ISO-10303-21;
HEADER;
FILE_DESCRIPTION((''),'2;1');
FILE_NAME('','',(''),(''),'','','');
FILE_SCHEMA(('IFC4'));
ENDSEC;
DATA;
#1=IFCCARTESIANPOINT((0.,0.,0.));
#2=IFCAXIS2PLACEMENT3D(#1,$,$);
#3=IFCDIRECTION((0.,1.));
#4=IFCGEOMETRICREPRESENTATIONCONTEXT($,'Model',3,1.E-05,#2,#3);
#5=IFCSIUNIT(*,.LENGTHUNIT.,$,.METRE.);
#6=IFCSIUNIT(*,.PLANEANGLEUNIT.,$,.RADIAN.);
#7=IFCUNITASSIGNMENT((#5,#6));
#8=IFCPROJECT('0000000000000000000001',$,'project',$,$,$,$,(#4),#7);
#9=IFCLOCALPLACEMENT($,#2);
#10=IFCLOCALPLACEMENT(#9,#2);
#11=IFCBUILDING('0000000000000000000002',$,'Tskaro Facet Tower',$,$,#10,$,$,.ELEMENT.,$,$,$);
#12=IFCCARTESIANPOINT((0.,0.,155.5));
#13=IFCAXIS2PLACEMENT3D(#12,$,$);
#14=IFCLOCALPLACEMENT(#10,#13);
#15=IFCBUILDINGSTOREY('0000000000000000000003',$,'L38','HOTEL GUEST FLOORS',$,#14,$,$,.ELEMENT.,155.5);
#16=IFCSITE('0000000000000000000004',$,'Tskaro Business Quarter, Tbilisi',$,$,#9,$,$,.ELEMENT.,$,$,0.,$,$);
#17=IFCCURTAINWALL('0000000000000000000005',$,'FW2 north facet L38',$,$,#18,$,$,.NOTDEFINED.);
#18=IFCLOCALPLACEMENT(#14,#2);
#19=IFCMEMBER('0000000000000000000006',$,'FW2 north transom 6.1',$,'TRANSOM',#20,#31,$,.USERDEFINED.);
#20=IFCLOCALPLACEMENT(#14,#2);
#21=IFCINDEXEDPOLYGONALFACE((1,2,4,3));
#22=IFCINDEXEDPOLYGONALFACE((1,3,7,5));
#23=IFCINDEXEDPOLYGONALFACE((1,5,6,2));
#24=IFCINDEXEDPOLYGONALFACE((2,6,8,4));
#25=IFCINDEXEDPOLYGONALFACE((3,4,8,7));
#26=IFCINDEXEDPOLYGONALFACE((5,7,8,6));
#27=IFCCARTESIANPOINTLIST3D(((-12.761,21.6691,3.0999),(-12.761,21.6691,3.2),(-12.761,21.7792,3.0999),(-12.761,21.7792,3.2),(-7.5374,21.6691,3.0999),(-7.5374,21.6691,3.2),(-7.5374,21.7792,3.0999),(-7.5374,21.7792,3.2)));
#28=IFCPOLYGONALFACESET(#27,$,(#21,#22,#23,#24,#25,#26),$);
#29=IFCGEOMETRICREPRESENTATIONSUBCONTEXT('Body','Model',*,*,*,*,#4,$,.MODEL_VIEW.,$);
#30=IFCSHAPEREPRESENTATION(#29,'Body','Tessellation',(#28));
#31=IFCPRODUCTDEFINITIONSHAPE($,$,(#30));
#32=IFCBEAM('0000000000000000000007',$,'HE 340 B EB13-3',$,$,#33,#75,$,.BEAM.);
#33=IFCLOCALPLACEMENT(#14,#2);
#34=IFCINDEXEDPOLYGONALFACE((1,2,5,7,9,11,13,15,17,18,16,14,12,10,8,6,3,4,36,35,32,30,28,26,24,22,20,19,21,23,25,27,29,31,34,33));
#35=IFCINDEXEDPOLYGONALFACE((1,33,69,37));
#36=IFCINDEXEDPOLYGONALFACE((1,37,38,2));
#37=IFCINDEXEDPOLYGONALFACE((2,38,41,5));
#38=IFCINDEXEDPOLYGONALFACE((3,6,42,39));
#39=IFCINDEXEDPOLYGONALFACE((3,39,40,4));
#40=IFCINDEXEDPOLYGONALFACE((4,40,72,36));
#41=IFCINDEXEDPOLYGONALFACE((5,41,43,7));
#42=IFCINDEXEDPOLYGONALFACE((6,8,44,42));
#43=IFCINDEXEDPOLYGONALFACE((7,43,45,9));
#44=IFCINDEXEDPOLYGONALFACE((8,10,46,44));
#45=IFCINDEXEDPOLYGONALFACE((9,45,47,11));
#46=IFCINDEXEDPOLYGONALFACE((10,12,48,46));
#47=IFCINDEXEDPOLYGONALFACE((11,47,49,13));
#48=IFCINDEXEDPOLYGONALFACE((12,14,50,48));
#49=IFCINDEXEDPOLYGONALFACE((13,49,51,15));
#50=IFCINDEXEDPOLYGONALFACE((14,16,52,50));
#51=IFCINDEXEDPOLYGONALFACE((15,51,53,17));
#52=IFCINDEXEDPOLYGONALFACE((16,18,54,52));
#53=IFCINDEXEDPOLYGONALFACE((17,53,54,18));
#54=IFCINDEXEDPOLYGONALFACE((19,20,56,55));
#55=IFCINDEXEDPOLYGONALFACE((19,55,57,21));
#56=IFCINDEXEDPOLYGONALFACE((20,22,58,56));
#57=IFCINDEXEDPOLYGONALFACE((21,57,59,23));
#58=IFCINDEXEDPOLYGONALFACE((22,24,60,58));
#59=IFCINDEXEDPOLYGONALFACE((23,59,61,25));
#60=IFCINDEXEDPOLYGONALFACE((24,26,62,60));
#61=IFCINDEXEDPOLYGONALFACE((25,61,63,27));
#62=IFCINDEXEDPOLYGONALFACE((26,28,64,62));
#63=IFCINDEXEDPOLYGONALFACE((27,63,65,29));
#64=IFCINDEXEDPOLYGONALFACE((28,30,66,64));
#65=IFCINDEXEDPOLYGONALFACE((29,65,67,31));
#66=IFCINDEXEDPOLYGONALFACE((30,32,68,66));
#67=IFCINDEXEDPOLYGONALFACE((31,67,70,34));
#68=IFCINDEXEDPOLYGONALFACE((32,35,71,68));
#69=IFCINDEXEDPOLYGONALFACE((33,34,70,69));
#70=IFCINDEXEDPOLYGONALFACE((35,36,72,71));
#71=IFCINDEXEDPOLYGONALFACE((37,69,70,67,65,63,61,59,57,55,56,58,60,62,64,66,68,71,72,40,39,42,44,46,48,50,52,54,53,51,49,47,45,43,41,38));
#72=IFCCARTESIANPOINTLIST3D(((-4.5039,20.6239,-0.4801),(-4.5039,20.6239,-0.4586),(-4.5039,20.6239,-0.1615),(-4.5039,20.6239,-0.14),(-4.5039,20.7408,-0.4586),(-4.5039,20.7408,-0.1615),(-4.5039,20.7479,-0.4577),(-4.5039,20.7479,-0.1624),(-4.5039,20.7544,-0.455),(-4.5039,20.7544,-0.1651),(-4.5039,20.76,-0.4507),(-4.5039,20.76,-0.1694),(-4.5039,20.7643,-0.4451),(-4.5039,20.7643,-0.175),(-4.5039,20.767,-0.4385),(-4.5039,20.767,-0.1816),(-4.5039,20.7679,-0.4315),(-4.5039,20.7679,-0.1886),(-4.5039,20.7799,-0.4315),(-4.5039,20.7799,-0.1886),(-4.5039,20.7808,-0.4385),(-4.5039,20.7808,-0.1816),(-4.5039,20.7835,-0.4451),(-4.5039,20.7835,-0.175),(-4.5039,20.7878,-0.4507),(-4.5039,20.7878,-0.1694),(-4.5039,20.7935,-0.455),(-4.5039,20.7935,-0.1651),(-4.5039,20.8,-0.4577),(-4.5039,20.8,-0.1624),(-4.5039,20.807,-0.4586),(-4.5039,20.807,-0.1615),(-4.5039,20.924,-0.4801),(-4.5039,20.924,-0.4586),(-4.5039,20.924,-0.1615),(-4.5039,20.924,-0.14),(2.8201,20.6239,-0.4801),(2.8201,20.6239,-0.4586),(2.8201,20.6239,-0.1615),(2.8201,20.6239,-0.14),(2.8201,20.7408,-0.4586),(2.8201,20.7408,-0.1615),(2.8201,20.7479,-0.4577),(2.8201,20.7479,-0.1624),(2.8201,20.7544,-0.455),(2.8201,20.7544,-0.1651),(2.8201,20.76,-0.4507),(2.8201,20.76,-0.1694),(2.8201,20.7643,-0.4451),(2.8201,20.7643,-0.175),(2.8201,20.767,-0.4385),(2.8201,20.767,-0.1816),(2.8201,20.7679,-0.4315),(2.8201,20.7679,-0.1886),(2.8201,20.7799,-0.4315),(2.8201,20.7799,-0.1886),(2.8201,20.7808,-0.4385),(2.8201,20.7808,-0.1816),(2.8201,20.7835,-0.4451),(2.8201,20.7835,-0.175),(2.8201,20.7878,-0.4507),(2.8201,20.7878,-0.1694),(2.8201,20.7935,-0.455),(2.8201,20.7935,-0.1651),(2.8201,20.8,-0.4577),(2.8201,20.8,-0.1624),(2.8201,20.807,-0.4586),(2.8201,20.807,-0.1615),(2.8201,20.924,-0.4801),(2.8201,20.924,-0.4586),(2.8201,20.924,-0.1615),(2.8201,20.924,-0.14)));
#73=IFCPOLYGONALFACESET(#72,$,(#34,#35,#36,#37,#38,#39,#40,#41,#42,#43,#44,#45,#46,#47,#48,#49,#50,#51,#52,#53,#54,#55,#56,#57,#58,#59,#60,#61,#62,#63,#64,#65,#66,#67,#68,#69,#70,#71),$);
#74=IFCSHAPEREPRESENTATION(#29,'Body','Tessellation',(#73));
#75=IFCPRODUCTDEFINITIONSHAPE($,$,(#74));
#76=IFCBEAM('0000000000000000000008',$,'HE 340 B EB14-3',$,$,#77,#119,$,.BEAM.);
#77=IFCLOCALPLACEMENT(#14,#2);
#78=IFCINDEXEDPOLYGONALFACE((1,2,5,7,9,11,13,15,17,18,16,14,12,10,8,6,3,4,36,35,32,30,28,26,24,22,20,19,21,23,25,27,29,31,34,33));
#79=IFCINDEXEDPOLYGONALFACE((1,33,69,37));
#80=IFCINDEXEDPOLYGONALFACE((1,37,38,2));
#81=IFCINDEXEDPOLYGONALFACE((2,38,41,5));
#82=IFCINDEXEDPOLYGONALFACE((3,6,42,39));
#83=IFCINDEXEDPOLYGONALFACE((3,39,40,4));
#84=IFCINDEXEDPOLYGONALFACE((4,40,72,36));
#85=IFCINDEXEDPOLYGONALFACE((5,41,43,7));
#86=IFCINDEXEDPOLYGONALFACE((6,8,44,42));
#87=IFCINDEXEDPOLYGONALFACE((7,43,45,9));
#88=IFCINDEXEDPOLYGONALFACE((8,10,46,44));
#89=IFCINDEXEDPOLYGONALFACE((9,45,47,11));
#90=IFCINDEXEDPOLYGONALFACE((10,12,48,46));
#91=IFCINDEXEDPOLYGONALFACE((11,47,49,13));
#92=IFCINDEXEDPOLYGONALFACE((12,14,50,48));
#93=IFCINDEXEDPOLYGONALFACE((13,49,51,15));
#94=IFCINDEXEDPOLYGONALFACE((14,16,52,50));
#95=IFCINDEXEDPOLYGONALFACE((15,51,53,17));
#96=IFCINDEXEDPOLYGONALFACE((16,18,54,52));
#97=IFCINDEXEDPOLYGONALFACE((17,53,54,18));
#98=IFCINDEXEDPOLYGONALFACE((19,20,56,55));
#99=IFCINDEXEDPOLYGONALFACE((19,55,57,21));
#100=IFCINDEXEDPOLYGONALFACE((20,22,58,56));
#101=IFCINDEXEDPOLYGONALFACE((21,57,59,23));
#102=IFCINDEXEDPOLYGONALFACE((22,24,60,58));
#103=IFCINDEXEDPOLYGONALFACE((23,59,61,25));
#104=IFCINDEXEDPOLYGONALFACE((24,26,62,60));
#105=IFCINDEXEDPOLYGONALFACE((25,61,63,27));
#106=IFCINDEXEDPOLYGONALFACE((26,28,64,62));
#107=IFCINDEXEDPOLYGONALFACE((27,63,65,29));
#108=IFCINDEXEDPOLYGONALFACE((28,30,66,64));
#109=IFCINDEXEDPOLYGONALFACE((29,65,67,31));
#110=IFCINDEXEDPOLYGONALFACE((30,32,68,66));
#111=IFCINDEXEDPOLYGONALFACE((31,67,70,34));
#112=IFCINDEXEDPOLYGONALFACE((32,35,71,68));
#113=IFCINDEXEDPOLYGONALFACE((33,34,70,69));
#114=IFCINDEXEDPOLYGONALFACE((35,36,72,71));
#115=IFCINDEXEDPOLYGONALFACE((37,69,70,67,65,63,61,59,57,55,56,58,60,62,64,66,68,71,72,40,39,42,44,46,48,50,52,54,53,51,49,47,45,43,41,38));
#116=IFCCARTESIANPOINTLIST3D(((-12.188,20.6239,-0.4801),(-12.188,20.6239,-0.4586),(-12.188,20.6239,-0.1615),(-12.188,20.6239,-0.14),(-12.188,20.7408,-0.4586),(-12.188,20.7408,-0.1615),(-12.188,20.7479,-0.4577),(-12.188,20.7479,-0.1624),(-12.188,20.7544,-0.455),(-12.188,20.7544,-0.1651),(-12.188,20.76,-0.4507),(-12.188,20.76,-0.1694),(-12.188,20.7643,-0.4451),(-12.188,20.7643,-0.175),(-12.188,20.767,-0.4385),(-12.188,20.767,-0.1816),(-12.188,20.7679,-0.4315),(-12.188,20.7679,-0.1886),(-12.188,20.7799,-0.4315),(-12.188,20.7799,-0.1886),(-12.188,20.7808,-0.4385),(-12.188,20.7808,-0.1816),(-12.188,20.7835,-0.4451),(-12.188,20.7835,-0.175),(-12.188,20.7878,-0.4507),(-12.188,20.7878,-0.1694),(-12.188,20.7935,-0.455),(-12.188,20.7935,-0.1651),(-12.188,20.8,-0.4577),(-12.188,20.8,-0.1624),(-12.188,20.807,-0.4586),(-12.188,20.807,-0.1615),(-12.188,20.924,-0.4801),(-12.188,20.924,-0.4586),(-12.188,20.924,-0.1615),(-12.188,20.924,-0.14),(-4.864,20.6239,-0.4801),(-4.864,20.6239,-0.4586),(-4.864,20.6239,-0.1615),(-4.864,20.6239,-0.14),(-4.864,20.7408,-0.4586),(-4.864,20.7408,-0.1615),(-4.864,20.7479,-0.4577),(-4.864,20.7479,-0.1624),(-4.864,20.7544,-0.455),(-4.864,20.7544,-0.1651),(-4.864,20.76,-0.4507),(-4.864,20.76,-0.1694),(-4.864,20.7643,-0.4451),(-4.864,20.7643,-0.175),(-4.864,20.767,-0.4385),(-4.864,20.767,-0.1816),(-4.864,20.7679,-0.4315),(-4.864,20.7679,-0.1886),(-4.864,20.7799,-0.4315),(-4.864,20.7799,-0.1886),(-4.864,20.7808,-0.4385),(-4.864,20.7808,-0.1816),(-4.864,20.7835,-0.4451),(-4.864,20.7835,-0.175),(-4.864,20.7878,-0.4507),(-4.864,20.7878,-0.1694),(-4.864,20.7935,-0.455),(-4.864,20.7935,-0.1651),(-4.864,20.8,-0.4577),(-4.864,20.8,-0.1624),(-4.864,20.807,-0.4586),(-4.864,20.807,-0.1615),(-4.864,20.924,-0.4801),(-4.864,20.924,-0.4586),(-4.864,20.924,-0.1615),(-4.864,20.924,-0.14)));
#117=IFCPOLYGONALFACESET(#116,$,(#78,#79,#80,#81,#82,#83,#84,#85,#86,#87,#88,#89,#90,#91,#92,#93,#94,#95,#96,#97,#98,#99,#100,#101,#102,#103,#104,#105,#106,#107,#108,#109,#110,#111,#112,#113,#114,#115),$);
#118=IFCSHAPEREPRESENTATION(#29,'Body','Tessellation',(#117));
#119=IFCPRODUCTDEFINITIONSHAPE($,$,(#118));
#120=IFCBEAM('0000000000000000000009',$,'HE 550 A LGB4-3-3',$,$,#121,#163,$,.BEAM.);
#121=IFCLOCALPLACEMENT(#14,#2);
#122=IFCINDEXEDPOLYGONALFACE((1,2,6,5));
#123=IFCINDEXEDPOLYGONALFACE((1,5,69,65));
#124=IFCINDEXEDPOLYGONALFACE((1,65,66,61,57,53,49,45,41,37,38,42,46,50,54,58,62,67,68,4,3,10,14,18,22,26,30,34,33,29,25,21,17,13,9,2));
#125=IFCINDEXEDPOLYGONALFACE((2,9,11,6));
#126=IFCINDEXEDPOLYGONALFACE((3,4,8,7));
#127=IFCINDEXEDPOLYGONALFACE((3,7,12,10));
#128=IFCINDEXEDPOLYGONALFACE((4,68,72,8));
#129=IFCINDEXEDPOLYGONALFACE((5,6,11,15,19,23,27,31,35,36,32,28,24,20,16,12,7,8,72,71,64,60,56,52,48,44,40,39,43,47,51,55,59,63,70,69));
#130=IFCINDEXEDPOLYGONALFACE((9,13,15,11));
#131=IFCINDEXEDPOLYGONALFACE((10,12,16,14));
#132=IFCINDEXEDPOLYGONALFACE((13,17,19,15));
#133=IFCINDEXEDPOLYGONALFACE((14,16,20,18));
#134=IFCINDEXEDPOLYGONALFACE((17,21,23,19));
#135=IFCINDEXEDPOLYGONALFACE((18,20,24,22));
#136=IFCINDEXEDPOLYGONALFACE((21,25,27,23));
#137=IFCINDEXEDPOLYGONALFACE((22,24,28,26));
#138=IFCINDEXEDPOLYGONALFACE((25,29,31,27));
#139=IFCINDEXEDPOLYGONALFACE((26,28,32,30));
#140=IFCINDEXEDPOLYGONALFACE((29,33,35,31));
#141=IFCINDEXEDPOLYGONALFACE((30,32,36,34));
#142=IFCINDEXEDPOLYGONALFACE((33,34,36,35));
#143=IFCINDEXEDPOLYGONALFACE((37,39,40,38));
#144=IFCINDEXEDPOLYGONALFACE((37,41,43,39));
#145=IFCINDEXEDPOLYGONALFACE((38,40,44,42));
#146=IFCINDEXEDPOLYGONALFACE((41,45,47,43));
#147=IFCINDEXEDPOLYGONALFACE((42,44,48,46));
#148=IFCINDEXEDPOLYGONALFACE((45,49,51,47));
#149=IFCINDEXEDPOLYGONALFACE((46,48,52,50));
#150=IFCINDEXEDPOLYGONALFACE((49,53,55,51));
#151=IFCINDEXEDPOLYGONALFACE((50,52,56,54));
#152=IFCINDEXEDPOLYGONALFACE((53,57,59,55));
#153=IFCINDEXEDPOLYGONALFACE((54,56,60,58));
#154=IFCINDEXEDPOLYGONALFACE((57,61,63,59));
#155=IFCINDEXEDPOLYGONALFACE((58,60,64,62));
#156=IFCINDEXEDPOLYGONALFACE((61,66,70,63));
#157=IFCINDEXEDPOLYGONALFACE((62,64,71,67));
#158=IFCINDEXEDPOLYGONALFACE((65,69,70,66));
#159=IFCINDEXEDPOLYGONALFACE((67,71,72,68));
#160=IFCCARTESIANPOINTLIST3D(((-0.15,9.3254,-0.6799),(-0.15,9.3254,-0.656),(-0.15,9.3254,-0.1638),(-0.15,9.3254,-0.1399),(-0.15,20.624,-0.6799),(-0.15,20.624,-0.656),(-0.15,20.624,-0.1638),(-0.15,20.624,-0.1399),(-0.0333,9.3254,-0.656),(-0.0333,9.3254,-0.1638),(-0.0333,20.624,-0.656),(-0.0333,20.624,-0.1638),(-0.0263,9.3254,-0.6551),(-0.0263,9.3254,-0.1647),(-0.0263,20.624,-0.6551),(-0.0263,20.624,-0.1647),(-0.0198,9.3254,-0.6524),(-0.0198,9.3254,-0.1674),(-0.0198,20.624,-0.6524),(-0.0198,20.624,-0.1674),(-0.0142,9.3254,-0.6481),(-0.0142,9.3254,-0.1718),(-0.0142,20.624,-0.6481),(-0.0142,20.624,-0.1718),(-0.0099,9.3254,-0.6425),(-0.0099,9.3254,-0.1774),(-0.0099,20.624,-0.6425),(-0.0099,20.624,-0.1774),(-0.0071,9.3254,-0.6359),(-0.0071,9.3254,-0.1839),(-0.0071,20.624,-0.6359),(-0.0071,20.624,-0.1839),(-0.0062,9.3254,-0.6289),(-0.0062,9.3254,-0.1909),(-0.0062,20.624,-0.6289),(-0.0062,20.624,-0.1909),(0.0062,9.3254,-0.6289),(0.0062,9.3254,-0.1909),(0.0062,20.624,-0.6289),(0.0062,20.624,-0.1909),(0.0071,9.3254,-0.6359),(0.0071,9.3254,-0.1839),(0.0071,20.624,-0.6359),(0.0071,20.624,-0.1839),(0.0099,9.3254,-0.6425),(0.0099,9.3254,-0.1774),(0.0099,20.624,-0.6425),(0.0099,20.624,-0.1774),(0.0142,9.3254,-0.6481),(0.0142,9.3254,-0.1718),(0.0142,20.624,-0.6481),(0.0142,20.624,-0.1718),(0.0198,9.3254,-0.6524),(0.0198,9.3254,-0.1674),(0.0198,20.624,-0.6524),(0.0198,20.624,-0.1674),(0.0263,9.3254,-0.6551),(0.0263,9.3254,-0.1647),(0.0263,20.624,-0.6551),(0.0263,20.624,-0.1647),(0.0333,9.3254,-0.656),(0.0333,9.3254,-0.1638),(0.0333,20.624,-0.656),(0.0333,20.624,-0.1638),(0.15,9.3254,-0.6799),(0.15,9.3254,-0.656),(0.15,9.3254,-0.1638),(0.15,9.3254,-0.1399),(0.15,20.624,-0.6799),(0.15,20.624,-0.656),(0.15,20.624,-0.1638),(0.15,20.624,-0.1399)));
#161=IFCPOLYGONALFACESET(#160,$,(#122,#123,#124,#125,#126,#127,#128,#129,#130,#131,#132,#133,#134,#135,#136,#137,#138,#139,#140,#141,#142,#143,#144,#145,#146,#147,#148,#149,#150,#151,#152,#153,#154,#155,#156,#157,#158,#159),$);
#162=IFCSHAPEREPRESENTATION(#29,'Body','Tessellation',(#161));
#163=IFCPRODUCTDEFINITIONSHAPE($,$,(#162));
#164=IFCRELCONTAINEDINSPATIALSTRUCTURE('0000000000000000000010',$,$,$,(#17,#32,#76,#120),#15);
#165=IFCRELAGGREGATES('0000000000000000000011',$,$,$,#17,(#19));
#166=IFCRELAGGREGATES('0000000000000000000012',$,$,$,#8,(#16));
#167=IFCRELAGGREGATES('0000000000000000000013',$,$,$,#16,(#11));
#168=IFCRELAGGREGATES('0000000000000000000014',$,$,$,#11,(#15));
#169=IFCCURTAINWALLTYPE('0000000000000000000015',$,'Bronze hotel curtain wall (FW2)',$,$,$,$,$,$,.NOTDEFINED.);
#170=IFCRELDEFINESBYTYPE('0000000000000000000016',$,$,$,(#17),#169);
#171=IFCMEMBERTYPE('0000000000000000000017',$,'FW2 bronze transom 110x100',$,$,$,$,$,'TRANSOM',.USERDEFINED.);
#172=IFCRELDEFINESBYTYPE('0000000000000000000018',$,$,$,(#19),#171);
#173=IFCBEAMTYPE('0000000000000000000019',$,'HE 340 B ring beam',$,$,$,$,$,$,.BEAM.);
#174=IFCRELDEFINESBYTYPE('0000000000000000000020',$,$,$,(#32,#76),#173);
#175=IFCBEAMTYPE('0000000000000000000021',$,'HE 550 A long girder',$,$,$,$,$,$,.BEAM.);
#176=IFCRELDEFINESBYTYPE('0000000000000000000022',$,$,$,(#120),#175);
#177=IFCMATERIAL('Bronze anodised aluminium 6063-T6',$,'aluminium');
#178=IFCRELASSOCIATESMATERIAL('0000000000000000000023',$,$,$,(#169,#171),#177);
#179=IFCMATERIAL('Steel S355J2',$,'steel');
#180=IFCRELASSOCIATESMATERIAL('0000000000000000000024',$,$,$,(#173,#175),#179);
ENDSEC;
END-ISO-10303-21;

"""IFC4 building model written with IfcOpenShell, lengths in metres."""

from ifc_helpers import new_model, si_unit, direction, frame, origin, origin_2d, place, context, subcontext, project, spatial, rectangle, i_section, extrude, material, material_profile, profile_set, type_object, element, aggregate, save


model = new_model("IFC4")

# Units and contexts
model_context = context("Model", 3, precision=1e-05, world=origin(), true_north=direction((0.0, 1.0)))
body_context = subcontext(model_context, "Body", "Model", "MODEL_VIEW")
ifc_project = project(units=[si_unit("LENGTHUNIT", "METRE"), si_unit("PLANEANGLEUNIT", "RADIAN")], contexts=[model_context])

# Site, building, storey
site_placement = place(None, origin())
site = spatial("IfcSite", under=ifc_project, at=site_placement, Name="Tskaro Business Quarter, Tbilisi", CompositionType="ELEMENT", RefElevation=0.0)
building_placement = place(site_placement, origin())
building = spatial("IfcBuilding", under=site, at=building_placement, Name="Tskaro Facet Tower", CompositionType="ELEMENT")
storey_placement = place(building_placement, frame((0.0, 0.0, 155.5)))
storey = spatial("IfcBuildingStorey", under=building, at=storey_placement, Name="L38", Description="HOTEL GUEST FLOORS", CompositionType="ELEMENT", Elevation=155.5)

# Curtain wall, member
ifc_material_1 = material(Name="Bronze anodised aluminium 6063-T6", Category="aluminium")
curtain_wall_type = type_object("IfcCurtainWallType", Name="Bronze hotel curtain wall (FW2)", PredefinedType="NOTDEFINED", material=ifc_material_1)
curtain_wall_placement = place(storey_placement, origin())
curtain_wall = element("IfcCurtainWall", 1, at=curtain_wall_placement, inside=storey, type_object=curtain_wall_type, Name="FW2 north facet L38", PredefinedType="NOTDEFINED")
ifc_material_profile_1 = material_profile(ifc_material_1, rectangle(XDim=0.1101, YDim=0.1001, at=origin_2d()), Name="Transom 110x100")
ifc_profile_set_1 = profile_set([ifc_material_profile_1], Name="Bronze anodised aluminium 6063-T6")
member_type_1 = type_object("IfcMemberType", Name="FW2 bronze transom 110x100", ElementType="TRANSOM", PredefinedType="USERDEFINED", material=ifc_profile_set_1)
member_1_placement = place(storey_placement, frame((-7.5374, 21.7241, 3.1499), z_axis=(-1.0, 0.0, 0.0), x_axis=(0.0, -1.0, 0.0)))
member_1 = element("IfcMember", 2, at=member_1_placement, type_object=member_type_1, Name="FW2 north transom 6.1", ObjectType="TRANSOM", PredefinedType="USERDEFINED", context=body_context, shape_type="SweptSolid", body=[
    extrude(rectangle(XDim=0.1101, YDim=0.1001, at=origin_2d()), origin(), (0.0, 0.0, 1.0), 5.2236),
])

# Beams
ifc_material_2 = material(Name="Steel S355J2", Category="steel")
ifc_material_profile_2 = material_profile(ifc_material_2, i_section(OverallWidth=0.3, OverallDepth=0.3401, WebThickness=0.012, FlangeThickness=0.0215, FilletRadius=0.0271, at=origin_2d()), Name="HE 340 B")
ifc_profile_set_2 = profile_set([ifc_material_profile_2], Name="Steel S355J2")
beam_type_1 = type_object("IfcBeamType", Name="HE 340 B ring beam", PredefinedType="BEAM", material=ifc_profile_set_2)
for number, where, z_axis, x_axis, name in (
    (3, (2.8201, 20.7739, -0.3101), (-1.0, 0.0, 0.0), (0.0, -1.0, 0.0), "HE 340 B EB13-3"),
    (4, (-4.864, 20.7739, -0.3101), (-1.0, 0.0, 0.0), (0.0, -1.0, 0.0), "HE 340 B EB14-3"),
):
    element("IfcBeam", number, at=place(storey_placement, frame(where, z_axis=z_axis, x_axis=x_axis)), inside=storey, type_object=beam_type_1, Name=name, PredefinedType="BEAM", context=body_context, shape_type="SweptSolid", body=[
        extrude(i_section(OverallWidth=0.3, OverallDepth=0.3401, WebThickness=0.012, FlangeThickness=0.0215, FilletRadius=0.0271, at=origin_2d()), origin(), (0.0, 0.0, 1.0), 7.324),
    ])
ifc_material_profile_3 = material_profile(ifc_material_2, i_section(OverallWidth=0.3, OverallDepth=0.54, WebThickness=0.0125, FlangeThickness=0.0239, FilletRadius=0.0271, at=origin_2d()), Name="HE 550 A")
ifc_profile_set_3 = profile_set([ifc_material_profile_3], Name="Steel S355J2")
beam_type_2 = type_object("IfcBeamType", Name="HE 550 A long girder", PredefinedType="BEAM", material=ifc_profile_set_3)
beam_1_placement = place(storey_placement, frame((0.0, 9.3254, -0.4099), z_axis=(0.0, 1.0, 0.0), x_axis=(-1.0, 0.0, 0.0)))
element("IfcBeam", 5, at=beam_1_placement, inside=storey, type_object=beam_type_2, Name="HE 550 A LGB4-3-3", PredefinedType="BEAM", context=body_context, shape_type="SweptSolid", body=[
    extrude(i_section(OverallWidth=0.3, OverallDepth=0.54, WebThickness=0.0125, FlangeThickness=0.0239, FilletRadius=0.0271, at=origin_2d()), origin(), (0.0, 0.0, 1.0), 11.2986),
])

aggregate(curtain_wall, [member_1])

save(model, "model.ifc")
